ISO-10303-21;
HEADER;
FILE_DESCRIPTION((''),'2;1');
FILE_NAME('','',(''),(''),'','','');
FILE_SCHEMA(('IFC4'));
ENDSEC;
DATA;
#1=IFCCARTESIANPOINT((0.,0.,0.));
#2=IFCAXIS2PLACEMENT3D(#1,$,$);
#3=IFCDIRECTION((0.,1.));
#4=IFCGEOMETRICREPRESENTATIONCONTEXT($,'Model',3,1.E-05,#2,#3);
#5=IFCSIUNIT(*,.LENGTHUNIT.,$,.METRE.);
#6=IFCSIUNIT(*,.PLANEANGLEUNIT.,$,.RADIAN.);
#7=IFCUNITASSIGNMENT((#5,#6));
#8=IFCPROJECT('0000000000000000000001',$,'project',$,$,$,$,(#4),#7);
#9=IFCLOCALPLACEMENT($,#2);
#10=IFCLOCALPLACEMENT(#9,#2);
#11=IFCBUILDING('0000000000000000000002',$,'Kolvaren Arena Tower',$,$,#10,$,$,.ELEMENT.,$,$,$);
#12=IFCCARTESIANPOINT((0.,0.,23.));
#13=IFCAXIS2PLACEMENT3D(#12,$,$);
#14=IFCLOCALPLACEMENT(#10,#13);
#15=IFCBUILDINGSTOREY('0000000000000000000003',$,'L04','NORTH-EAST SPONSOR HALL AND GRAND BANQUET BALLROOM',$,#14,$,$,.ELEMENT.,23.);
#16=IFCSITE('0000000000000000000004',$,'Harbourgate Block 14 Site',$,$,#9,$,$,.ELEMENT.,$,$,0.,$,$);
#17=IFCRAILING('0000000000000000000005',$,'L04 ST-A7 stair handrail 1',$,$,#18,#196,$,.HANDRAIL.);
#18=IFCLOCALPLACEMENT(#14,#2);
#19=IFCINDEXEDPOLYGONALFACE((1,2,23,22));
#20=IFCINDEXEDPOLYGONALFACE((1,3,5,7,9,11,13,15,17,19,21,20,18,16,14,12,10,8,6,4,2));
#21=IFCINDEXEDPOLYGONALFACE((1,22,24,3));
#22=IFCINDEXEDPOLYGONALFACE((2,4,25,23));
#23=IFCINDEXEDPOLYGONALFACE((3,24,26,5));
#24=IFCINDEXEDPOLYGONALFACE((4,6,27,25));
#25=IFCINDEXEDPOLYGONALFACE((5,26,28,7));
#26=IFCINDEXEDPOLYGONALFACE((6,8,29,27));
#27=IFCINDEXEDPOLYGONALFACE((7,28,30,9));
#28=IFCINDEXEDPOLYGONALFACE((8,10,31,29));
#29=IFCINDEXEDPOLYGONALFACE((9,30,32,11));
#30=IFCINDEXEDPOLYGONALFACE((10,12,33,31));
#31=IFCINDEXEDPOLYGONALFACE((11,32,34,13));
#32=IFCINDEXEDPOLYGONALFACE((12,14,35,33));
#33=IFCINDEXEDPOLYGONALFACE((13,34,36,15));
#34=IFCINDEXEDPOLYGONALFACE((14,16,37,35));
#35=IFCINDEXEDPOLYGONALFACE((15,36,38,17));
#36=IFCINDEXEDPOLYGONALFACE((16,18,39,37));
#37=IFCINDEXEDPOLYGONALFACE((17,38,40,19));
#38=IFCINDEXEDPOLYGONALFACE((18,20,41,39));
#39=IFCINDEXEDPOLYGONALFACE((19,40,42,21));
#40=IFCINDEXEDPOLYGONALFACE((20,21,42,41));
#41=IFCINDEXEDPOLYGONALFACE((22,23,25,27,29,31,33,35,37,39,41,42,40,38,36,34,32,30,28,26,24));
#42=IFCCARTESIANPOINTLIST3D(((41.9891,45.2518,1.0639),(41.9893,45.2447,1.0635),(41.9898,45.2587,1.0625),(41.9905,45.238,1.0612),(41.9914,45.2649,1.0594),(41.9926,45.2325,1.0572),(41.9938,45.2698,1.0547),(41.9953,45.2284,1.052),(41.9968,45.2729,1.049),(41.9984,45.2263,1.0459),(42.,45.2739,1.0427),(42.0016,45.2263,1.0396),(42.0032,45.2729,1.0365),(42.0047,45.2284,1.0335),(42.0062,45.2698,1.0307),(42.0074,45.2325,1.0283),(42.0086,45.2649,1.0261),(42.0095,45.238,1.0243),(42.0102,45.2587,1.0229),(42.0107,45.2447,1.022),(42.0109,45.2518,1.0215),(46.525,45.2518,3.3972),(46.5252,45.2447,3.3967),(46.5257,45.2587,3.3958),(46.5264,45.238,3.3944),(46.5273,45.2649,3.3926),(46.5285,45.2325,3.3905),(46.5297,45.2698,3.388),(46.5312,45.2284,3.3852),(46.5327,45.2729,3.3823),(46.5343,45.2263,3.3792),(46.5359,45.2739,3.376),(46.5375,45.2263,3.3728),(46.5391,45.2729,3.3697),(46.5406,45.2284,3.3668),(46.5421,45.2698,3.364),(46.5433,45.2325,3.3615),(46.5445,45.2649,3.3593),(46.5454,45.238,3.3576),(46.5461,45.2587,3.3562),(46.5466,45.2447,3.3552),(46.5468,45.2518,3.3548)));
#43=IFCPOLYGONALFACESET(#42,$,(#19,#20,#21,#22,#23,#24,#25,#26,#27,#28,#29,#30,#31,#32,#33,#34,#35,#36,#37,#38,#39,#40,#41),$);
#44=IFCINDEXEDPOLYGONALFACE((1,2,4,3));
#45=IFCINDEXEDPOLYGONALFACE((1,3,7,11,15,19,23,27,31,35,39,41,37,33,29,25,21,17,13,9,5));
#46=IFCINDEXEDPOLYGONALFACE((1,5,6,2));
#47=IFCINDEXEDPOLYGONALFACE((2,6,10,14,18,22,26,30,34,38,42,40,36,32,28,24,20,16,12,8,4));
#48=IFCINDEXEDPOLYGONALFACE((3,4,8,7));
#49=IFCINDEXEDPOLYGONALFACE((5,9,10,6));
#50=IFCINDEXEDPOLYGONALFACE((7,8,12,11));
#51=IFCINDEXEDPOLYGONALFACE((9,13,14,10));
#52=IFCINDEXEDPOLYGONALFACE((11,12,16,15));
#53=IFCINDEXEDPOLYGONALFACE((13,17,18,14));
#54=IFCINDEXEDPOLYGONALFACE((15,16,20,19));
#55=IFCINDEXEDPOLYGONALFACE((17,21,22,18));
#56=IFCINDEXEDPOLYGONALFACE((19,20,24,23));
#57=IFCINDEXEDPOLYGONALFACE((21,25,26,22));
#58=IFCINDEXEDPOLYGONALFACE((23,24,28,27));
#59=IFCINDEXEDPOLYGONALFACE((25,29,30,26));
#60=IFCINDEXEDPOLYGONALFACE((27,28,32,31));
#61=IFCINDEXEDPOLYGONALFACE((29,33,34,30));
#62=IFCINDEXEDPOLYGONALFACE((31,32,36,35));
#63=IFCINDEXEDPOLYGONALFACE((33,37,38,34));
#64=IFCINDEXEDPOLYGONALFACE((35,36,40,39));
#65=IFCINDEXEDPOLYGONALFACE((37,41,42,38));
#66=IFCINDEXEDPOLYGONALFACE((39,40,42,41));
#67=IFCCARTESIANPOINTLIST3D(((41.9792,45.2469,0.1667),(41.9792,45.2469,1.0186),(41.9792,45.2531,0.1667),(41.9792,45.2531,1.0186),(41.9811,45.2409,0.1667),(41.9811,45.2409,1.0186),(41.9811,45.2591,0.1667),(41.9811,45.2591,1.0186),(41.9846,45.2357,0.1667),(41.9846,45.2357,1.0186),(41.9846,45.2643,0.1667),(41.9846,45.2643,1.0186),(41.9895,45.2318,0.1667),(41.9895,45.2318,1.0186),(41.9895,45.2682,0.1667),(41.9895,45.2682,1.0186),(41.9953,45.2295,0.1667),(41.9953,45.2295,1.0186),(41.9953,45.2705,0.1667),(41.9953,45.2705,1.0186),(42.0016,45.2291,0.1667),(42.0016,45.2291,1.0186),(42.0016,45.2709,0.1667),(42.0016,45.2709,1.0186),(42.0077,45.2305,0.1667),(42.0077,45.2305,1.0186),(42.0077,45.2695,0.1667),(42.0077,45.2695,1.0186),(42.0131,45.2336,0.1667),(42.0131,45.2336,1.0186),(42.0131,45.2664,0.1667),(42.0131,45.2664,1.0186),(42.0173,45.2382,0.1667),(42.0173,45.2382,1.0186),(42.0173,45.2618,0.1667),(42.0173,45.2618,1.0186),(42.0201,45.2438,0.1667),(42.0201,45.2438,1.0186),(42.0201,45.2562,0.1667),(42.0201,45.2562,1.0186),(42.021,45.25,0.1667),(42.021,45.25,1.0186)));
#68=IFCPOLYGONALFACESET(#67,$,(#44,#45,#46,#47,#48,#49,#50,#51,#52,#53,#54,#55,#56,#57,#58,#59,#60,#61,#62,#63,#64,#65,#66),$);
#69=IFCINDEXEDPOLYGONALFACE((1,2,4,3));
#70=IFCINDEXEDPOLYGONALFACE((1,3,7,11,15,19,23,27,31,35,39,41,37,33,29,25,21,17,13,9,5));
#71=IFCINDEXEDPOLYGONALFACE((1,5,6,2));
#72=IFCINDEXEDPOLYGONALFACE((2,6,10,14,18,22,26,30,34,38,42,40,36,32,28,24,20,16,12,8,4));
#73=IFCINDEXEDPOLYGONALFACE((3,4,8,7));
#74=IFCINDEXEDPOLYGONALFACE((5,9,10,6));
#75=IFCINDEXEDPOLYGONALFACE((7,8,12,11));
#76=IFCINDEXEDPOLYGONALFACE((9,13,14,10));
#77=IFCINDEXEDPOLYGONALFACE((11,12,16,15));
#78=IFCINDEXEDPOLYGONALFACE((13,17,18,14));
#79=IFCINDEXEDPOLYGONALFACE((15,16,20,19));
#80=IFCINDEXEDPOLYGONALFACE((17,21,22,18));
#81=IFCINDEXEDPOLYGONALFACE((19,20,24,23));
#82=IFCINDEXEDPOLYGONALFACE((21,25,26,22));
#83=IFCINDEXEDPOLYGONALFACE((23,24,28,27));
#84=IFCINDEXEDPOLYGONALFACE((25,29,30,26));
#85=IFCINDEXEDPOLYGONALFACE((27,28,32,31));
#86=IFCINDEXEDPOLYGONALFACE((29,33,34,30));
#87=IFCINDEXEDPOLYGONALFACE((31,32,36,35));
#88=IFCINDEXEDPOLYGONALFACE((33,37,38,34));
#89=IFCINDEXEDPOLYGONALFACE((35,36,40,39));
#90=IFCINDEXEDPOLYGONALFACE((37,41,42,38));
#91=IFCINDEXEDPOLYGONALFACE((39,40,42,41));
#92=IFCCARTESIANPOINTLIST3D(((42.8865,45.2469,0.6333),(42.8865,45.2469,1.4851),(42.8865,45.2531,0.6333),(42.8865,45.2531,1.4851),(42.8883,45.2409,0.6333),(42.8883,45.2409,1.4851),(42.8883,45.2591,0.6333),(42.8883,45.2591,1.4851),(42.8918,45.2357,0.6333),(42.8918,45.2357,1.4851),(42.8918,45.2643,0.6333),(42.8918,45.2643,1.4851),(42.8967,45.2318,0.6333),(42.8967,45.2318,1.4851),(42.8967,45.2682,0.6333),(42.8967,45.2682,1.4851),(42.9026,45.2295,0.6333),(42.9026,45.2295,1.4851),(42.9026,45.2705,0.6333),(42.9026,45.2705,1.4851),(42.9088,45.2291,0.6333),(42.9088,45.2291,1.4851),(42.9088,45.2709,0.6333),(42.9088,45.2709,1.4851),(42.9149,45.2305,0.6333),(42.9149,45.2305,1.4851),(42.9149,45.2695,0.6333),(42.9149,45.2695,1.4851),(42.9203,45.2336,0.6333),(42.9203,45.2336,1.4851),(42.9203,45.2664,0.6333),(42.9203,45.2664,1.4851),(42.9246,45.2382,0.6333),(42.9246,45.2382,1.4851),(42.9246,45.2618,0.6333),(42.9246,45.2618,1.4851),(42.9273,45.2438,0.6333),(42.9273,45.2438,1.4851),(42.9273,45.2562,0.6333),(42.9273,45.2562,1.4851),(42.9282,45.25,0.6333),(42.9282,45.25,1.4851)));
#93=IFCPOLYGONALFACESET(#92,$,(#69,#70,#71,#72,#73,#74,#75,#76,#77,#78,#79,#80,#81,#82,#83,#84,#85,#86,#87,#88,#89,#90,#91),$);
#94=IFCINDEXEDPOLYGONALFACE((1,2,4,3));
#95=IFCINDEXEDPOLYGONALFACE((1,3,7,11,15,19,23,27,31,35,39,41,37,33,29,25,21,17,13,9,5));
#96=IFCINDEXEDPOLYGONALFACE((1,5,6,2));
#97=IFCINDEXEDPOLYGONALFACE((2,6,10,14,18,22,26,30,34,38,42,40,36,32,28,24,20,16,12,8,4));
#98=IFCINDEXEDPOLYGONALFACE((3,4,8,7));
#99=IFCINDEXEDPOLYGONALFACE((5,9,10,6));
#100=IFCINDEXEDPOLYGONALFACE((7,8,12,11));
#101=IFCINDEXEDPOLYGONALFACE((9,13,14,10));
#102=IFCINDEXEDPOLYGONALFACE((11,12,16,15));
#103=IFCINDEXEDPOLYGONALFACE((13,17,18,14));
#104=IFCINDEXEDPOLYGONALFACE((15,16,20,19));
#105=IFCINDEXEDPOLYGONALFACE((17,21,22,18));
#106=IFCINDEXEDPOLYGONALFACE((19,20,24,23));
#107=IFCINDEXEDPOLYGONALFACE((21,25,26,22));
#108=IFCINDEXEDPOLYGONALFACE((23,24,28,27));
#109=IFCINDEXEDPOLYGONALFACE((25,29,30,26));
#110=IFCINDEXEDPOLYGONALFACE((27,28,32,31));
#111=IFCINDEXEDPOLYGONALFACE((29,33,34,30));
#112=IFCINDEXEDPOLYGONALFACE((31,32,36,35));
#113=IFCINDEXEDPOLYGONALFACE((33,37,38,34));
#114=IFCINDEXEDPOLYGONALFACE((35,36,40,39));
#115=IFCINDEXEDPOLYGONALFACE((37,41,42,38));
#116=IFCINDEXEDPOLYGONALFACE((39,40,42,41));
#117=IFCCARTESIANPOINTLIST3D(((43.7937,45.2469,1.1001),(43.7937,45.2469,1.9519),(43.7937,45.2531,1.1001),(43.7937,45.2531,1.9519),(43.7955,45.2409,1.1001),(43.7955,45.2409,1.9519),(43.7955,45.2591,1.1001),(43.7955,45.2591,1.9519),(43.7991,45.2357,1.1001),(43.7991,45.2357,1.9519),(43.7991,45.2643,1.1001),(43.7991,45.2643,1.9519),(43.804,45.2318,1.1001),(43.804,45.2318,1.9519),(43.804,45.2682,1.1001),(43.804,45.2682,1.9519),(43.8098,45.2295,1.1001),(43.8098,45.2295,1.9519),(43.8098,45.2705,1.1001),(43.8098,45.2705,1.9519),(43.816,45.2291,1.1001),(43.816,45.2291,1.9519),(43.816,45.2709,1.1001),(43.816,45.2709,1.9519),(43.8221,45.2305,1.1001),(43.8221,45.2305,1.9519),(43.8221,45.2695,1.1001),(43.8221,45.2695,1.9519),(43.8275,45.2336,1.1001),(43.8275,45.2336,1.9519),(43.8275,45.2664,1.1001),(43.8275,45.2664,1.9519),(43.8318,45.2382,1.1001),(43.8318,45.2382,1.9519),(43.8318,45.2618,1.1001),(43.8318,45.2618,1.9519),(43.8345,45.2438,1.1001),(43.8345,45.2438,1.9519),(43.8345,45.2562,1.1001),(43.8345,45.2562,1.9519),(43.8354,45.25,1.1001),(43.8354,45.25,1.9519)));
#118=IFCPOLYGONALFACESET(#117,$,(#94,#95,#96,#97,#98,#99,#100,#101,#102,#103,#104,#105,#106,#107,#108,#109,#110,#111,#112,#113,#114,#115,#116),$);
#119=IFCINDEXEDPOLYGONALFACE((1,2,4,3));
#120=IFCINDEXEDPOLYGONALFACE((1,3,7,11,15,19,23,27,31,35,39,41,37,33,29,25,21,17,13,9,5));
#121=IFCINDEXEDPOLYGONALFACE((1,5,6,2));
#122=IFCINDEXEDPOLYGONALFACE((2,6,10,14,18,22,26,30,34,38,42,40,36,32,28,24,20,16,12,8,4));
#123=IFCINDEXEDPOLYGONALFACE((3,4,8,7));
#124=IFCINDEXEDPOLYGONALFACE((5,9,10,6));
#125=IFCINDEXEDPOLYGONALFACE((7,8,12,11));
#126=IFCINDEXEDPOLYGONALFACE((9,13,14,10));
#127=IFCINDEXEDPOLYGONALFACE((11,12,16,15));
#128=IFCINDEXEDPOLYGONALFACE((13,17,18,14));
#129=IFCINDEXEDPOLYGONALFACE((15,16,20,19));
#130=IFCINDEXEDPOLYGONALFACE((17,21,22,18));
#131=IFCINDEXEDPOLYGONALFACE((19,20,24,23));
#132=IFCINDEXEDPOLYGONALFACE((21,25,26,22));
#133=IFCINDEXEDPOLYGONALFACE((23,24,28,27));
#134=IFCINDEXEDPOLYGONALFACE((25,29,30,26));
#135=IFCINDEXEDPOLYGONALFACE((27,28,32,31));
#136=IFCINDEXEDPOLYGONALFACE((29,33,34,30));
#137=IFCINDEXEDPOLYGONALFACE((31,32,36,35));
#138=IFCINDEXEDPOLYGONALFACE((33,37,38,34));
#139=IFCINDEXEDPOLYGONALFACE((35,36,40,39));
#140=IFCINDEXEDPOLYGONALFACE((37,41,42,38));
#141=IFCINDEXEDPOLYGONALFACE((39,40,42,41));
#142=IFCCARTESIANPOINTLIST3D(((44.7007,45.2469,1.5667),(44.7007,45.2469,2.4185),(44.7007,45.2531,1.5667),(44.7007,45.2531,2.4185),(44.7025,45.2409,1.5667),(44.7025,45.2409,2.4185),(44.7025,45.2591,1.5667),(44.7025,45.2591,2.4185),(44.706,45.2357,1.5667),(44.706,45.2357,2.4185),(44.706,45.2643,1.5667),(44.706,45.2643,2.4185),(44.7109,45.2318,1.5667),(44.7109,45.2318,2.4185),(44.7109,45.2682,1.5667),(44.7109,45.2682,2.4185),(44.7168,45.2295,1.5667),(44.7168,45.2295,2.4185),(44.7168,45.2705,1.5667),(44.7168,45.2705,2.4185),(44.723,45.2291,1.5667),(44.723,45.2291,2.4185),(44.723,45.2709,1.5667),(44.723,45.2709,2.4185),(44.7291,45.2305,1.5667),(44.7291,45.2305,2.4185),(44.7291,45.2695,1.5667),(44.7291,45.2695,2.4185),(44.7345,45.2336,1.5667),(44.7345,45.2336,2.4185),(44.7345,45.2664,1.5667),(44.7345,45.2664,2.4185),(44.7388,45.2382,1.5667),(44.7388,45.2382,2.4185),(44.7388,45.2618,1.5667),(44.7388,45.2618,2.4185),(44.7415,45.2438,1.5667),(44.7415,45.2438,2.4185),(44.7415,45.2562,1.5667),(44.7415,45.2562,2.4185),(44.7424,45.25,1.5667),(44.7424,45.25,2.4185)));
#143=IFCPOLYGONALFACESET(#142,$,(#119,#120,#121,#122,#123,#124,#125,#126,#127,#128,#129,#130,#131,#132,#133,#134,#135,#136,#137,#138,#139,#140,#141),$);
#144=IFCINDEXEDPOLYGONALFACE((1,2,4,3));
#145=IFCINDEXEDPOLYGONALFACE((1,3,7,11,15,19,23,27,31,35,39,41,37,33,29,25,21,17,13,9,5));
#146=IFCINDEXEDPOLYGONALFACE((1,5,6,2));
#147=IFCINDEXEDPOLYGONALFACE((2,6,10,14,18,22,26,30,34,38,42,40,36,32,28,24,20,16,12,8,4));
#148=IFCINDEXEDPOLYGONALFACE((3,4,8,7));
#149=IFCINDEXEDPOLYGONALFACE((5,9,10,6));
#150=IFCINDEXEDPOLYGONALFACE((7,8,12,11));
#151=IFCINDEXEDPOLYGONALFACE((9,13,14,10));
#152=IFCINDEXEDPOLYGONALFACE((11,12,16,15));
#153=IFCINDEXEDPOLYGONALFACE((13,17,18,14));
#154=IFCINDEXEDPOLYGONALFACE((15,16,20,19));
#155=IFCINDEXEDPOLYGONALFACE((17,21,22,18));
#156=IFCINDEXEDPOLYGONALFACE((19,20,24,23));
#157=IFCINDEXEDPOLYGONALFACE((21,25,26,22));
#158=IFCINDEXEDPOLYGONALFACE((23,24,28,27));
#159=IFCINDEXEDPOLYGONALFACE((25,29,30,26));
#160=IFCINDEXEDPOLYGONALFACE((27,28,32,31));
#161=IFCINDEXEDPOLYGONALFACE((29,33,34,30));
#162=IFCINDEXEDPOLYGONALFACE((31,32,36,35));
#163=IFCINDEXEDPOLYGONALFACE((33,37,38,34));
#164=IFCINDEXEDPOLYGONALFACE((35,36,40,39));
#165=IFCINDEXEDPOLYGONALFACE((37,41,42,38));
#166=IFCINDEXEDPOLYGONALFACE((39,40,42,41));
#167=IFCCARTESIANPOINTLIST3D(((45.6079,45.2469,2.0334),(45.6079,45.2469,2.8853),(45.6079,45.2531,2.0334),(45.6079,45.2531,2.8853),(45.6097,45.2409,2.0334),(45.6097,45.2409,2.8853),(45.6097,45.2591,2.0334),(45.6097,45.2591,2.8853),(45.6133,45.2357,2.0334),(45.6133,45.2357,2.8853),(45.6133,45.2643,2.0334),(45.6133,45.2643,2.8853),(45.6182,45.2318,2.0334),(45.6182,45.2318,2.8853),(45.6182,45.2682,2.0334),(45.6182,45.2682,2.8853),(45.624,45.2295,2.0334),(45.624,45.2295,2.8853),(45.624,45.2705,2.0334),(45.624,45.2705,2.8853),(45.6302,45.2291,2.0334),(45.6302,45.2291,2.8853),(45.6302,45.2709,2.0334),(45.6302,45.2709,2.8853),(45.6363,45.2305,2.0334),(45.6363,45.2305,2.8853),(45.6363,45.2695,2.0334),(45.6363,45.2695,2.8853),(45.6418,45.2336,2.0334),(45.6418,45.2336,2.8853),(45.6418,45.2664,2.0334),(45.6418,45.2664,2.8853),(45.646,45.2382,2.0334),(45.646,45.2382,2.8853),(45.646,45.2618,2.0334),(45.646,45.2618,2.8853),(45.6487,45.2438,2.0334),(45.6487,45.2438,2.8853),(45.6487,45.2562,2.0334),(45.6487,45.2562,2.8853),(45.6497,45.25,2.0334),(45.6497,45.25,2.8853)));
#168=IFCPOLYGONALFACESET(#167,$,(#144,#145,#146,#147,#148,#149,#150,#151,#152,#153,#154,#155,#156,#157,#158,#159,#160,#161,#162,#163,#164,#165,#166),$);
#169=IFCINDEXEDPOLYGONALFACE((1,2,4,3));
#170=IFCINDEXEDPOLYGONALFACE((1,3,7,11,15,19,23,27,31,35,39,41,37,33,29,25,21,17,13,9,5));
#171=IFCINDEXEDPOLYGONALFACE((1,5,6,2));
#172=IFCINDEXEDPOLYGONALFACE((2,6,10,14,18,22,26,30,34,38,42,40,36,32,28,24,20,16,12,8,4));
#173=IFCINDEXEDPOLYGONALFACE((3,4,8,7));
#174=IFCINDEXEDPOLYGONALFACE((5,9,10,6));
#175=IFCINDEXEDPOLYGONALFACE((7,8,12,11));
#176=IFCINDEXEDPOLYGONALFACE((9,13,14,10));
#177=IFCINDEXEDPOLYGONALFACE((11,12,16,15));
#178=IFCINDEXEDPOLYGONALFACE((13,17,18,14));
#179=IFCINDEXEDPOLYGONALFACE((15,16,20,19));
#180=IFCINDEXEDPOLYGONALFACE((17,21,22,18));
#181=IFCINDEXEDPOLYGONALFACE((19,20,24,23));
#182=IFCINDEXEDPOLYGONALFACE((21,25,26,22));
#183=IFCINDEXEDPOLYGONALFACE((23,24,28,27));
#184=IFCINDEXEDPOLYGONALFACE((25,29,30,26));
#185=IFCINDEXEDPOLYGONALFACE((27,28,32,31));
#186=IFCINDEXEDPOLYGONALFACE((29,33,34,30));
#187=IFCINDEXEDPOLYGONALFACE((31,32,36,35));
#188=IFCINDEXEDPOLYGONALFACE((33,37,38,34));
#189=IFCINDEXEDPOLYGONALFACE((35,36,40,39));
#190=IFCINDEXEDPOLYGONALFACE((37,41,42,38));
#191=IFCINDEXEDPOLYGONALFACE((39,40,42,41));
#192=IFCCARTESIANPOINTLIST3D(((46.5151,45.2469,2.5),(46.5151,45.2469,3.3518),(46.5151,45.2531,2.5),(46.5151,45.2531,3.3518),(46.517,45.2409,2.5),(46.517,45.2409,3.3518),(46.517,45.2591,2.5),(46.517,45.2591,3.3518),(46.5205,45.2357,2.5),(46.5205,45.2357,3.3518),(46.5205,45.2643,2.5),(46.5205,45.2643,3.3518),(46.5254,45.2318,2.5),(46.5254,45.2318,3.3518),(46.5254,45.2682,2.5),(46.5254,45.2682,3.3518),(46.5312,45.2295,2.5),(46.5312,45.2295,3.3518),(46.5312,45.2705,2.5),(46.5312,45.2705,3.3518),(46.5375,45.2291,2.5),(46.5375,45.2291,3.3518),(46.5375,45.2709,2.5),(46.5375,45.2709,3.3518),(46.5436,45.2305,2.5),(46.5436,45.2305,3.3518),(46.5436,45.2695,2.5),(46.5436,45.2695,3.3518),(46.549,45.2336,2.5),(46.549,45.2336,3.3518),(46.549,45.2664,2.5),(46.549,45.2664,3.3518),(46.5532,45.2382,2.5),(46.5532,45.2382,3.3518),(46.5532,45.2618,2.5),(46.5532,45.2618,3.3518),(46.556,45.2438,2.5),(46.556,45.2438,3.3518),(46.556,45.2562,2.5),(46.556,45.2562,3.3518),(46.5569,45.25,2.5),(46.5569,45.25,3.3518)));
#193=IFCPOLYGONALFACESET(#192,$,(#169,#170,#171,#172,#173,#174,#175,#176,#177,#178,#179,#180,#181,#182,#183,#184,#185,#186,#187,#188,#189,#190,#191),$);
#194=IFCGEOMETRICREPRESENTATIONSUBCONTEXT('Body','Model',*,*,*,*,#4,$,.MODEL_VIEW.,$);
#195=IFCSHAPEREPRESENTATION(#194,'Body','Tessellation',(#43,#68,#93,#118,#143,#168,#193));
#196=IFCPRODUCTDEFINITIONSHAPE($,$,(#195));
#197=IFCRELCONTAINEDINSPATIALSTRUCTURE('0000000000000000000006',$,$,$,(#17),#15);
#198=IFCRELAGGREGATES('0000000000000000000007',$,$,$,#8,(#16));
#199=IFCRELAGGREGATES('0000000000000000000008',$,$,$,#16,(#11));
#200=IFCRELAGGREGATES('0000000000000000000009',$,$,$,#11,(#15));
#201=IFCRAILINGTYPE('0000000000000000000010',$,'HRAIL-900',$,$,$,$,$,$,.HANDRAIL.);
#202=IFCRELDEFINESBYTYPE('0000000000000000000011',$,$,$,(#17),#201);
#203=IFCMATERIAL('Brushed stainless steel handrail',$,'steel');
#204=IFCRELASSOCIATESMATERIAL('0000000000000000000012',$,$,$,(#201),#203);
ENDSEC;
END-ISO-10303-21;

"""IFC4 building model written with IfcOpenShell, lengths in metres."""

from ifc_helpers import new_model, si_unit, direction, frame, origin, origin_2d, place, context, subcontext, project, spatial, circle, extrude, material, type_object, element, save


model = new_model("IFC4")

# Units and contexts
model_context = context("Model", 3, precision=1e-05, world=origin(), true_north=direction((0.0, 1.0)))
body_context = subcontext(model_context, "Body", "Model", "MODEL_VIEW")
ifc_project = project(units=[si_unit("LENGTHUNIT", "METRE"), si_unit("PLANEANGLEUNIT", "RADIAN")], contexts=[model_context])

# Site, building, storey
site_placement = place(None, origin())
site = spatial("IfcSite", under=ifc_project, at=site_placement, Name="Harbourgate Block 14 Site", CompositionType="ELEMENT", RefElevation=0.0)
building_placement = place(site_placement, origin())
building = spatial("IfcBuilding", under=site, at=building_placement, Name="Kolvaren Arena Tower", CompositionType="ELEMENT")
storey_placement = place(building_placement, frame((0.0, 0.0, 23.0)))
storey = spatial("IfcBuildingStorey", under=building, at=storey_placement, Name="L04", Description="NORTH-EAST SPONSOR HALL AND GRAND BANQUET BALLROOM", CompositionType="ELEMENT", Elevation=23.0)

# Railing
ifc_material_1 = material(Name="Brushed stainless steel handrail", Category="steel")
railing_type_1 = type_object("IfcRailingType", Name="HRAIL-900", PredefinedType="HANDRAIL", material=ifc_material_1)
railing_1_placement = place(storey_placement, frame((42.0, 45.25, 0.1667)))
element("IfcRailing", 1, at=railing_1_placement, inside=storey, type_object=railing_type_1, Name="L04 ST-A7 stair handrail 1", PredefinedType="HANDRAIL", context=body_context, shape_type="SweptSolid", body=[
    extrude(circle(Radius=0.0239, at=origin_2d()), frame((0.0, 0.0, 0.876), z_axis=(0.889247, 0.0, 0.457427), x_axis=(0.0, 1.0, 0.0)), (0.0, 0.0, 1.0), 5.1008),
    extrude(circle(Radius=0.021, at=origin_2d()), origin(), (0.0, 0.0, 1.0), 0.8518),
    extrude(circle(Radius=0.021, at=origin_2d()), frame((0.9072, 0.0, 0.4666)), (0.0, 0.0, 1.0), 0.8518),
    extrude(circle(Radius=0.021, at=origin_2d()), frame((1.8145, 0.0, 0.9333)), (0.0, 0.0, 1.0), 0.8518),
    extrude(circle(Radius=0.021, at=origin_2d()), frame((2.7214, 0.0, 1.3999)), (0.0, 0.0, 1.0), 0.8518),
    extrude(circle(Radius=0.021, at=origin_2d()), frame((3.6287, 0.0, 1.8667)), (0.0, 0.0, 1.0), 0.8518),
    extrude(circle(Radius=0.021, at=origin_2d()), frame((4.5359, 0.0, 2.3333)), (0.0, 0.0, 1.0), 0.8518),
])

save(model, "model.ifc")
